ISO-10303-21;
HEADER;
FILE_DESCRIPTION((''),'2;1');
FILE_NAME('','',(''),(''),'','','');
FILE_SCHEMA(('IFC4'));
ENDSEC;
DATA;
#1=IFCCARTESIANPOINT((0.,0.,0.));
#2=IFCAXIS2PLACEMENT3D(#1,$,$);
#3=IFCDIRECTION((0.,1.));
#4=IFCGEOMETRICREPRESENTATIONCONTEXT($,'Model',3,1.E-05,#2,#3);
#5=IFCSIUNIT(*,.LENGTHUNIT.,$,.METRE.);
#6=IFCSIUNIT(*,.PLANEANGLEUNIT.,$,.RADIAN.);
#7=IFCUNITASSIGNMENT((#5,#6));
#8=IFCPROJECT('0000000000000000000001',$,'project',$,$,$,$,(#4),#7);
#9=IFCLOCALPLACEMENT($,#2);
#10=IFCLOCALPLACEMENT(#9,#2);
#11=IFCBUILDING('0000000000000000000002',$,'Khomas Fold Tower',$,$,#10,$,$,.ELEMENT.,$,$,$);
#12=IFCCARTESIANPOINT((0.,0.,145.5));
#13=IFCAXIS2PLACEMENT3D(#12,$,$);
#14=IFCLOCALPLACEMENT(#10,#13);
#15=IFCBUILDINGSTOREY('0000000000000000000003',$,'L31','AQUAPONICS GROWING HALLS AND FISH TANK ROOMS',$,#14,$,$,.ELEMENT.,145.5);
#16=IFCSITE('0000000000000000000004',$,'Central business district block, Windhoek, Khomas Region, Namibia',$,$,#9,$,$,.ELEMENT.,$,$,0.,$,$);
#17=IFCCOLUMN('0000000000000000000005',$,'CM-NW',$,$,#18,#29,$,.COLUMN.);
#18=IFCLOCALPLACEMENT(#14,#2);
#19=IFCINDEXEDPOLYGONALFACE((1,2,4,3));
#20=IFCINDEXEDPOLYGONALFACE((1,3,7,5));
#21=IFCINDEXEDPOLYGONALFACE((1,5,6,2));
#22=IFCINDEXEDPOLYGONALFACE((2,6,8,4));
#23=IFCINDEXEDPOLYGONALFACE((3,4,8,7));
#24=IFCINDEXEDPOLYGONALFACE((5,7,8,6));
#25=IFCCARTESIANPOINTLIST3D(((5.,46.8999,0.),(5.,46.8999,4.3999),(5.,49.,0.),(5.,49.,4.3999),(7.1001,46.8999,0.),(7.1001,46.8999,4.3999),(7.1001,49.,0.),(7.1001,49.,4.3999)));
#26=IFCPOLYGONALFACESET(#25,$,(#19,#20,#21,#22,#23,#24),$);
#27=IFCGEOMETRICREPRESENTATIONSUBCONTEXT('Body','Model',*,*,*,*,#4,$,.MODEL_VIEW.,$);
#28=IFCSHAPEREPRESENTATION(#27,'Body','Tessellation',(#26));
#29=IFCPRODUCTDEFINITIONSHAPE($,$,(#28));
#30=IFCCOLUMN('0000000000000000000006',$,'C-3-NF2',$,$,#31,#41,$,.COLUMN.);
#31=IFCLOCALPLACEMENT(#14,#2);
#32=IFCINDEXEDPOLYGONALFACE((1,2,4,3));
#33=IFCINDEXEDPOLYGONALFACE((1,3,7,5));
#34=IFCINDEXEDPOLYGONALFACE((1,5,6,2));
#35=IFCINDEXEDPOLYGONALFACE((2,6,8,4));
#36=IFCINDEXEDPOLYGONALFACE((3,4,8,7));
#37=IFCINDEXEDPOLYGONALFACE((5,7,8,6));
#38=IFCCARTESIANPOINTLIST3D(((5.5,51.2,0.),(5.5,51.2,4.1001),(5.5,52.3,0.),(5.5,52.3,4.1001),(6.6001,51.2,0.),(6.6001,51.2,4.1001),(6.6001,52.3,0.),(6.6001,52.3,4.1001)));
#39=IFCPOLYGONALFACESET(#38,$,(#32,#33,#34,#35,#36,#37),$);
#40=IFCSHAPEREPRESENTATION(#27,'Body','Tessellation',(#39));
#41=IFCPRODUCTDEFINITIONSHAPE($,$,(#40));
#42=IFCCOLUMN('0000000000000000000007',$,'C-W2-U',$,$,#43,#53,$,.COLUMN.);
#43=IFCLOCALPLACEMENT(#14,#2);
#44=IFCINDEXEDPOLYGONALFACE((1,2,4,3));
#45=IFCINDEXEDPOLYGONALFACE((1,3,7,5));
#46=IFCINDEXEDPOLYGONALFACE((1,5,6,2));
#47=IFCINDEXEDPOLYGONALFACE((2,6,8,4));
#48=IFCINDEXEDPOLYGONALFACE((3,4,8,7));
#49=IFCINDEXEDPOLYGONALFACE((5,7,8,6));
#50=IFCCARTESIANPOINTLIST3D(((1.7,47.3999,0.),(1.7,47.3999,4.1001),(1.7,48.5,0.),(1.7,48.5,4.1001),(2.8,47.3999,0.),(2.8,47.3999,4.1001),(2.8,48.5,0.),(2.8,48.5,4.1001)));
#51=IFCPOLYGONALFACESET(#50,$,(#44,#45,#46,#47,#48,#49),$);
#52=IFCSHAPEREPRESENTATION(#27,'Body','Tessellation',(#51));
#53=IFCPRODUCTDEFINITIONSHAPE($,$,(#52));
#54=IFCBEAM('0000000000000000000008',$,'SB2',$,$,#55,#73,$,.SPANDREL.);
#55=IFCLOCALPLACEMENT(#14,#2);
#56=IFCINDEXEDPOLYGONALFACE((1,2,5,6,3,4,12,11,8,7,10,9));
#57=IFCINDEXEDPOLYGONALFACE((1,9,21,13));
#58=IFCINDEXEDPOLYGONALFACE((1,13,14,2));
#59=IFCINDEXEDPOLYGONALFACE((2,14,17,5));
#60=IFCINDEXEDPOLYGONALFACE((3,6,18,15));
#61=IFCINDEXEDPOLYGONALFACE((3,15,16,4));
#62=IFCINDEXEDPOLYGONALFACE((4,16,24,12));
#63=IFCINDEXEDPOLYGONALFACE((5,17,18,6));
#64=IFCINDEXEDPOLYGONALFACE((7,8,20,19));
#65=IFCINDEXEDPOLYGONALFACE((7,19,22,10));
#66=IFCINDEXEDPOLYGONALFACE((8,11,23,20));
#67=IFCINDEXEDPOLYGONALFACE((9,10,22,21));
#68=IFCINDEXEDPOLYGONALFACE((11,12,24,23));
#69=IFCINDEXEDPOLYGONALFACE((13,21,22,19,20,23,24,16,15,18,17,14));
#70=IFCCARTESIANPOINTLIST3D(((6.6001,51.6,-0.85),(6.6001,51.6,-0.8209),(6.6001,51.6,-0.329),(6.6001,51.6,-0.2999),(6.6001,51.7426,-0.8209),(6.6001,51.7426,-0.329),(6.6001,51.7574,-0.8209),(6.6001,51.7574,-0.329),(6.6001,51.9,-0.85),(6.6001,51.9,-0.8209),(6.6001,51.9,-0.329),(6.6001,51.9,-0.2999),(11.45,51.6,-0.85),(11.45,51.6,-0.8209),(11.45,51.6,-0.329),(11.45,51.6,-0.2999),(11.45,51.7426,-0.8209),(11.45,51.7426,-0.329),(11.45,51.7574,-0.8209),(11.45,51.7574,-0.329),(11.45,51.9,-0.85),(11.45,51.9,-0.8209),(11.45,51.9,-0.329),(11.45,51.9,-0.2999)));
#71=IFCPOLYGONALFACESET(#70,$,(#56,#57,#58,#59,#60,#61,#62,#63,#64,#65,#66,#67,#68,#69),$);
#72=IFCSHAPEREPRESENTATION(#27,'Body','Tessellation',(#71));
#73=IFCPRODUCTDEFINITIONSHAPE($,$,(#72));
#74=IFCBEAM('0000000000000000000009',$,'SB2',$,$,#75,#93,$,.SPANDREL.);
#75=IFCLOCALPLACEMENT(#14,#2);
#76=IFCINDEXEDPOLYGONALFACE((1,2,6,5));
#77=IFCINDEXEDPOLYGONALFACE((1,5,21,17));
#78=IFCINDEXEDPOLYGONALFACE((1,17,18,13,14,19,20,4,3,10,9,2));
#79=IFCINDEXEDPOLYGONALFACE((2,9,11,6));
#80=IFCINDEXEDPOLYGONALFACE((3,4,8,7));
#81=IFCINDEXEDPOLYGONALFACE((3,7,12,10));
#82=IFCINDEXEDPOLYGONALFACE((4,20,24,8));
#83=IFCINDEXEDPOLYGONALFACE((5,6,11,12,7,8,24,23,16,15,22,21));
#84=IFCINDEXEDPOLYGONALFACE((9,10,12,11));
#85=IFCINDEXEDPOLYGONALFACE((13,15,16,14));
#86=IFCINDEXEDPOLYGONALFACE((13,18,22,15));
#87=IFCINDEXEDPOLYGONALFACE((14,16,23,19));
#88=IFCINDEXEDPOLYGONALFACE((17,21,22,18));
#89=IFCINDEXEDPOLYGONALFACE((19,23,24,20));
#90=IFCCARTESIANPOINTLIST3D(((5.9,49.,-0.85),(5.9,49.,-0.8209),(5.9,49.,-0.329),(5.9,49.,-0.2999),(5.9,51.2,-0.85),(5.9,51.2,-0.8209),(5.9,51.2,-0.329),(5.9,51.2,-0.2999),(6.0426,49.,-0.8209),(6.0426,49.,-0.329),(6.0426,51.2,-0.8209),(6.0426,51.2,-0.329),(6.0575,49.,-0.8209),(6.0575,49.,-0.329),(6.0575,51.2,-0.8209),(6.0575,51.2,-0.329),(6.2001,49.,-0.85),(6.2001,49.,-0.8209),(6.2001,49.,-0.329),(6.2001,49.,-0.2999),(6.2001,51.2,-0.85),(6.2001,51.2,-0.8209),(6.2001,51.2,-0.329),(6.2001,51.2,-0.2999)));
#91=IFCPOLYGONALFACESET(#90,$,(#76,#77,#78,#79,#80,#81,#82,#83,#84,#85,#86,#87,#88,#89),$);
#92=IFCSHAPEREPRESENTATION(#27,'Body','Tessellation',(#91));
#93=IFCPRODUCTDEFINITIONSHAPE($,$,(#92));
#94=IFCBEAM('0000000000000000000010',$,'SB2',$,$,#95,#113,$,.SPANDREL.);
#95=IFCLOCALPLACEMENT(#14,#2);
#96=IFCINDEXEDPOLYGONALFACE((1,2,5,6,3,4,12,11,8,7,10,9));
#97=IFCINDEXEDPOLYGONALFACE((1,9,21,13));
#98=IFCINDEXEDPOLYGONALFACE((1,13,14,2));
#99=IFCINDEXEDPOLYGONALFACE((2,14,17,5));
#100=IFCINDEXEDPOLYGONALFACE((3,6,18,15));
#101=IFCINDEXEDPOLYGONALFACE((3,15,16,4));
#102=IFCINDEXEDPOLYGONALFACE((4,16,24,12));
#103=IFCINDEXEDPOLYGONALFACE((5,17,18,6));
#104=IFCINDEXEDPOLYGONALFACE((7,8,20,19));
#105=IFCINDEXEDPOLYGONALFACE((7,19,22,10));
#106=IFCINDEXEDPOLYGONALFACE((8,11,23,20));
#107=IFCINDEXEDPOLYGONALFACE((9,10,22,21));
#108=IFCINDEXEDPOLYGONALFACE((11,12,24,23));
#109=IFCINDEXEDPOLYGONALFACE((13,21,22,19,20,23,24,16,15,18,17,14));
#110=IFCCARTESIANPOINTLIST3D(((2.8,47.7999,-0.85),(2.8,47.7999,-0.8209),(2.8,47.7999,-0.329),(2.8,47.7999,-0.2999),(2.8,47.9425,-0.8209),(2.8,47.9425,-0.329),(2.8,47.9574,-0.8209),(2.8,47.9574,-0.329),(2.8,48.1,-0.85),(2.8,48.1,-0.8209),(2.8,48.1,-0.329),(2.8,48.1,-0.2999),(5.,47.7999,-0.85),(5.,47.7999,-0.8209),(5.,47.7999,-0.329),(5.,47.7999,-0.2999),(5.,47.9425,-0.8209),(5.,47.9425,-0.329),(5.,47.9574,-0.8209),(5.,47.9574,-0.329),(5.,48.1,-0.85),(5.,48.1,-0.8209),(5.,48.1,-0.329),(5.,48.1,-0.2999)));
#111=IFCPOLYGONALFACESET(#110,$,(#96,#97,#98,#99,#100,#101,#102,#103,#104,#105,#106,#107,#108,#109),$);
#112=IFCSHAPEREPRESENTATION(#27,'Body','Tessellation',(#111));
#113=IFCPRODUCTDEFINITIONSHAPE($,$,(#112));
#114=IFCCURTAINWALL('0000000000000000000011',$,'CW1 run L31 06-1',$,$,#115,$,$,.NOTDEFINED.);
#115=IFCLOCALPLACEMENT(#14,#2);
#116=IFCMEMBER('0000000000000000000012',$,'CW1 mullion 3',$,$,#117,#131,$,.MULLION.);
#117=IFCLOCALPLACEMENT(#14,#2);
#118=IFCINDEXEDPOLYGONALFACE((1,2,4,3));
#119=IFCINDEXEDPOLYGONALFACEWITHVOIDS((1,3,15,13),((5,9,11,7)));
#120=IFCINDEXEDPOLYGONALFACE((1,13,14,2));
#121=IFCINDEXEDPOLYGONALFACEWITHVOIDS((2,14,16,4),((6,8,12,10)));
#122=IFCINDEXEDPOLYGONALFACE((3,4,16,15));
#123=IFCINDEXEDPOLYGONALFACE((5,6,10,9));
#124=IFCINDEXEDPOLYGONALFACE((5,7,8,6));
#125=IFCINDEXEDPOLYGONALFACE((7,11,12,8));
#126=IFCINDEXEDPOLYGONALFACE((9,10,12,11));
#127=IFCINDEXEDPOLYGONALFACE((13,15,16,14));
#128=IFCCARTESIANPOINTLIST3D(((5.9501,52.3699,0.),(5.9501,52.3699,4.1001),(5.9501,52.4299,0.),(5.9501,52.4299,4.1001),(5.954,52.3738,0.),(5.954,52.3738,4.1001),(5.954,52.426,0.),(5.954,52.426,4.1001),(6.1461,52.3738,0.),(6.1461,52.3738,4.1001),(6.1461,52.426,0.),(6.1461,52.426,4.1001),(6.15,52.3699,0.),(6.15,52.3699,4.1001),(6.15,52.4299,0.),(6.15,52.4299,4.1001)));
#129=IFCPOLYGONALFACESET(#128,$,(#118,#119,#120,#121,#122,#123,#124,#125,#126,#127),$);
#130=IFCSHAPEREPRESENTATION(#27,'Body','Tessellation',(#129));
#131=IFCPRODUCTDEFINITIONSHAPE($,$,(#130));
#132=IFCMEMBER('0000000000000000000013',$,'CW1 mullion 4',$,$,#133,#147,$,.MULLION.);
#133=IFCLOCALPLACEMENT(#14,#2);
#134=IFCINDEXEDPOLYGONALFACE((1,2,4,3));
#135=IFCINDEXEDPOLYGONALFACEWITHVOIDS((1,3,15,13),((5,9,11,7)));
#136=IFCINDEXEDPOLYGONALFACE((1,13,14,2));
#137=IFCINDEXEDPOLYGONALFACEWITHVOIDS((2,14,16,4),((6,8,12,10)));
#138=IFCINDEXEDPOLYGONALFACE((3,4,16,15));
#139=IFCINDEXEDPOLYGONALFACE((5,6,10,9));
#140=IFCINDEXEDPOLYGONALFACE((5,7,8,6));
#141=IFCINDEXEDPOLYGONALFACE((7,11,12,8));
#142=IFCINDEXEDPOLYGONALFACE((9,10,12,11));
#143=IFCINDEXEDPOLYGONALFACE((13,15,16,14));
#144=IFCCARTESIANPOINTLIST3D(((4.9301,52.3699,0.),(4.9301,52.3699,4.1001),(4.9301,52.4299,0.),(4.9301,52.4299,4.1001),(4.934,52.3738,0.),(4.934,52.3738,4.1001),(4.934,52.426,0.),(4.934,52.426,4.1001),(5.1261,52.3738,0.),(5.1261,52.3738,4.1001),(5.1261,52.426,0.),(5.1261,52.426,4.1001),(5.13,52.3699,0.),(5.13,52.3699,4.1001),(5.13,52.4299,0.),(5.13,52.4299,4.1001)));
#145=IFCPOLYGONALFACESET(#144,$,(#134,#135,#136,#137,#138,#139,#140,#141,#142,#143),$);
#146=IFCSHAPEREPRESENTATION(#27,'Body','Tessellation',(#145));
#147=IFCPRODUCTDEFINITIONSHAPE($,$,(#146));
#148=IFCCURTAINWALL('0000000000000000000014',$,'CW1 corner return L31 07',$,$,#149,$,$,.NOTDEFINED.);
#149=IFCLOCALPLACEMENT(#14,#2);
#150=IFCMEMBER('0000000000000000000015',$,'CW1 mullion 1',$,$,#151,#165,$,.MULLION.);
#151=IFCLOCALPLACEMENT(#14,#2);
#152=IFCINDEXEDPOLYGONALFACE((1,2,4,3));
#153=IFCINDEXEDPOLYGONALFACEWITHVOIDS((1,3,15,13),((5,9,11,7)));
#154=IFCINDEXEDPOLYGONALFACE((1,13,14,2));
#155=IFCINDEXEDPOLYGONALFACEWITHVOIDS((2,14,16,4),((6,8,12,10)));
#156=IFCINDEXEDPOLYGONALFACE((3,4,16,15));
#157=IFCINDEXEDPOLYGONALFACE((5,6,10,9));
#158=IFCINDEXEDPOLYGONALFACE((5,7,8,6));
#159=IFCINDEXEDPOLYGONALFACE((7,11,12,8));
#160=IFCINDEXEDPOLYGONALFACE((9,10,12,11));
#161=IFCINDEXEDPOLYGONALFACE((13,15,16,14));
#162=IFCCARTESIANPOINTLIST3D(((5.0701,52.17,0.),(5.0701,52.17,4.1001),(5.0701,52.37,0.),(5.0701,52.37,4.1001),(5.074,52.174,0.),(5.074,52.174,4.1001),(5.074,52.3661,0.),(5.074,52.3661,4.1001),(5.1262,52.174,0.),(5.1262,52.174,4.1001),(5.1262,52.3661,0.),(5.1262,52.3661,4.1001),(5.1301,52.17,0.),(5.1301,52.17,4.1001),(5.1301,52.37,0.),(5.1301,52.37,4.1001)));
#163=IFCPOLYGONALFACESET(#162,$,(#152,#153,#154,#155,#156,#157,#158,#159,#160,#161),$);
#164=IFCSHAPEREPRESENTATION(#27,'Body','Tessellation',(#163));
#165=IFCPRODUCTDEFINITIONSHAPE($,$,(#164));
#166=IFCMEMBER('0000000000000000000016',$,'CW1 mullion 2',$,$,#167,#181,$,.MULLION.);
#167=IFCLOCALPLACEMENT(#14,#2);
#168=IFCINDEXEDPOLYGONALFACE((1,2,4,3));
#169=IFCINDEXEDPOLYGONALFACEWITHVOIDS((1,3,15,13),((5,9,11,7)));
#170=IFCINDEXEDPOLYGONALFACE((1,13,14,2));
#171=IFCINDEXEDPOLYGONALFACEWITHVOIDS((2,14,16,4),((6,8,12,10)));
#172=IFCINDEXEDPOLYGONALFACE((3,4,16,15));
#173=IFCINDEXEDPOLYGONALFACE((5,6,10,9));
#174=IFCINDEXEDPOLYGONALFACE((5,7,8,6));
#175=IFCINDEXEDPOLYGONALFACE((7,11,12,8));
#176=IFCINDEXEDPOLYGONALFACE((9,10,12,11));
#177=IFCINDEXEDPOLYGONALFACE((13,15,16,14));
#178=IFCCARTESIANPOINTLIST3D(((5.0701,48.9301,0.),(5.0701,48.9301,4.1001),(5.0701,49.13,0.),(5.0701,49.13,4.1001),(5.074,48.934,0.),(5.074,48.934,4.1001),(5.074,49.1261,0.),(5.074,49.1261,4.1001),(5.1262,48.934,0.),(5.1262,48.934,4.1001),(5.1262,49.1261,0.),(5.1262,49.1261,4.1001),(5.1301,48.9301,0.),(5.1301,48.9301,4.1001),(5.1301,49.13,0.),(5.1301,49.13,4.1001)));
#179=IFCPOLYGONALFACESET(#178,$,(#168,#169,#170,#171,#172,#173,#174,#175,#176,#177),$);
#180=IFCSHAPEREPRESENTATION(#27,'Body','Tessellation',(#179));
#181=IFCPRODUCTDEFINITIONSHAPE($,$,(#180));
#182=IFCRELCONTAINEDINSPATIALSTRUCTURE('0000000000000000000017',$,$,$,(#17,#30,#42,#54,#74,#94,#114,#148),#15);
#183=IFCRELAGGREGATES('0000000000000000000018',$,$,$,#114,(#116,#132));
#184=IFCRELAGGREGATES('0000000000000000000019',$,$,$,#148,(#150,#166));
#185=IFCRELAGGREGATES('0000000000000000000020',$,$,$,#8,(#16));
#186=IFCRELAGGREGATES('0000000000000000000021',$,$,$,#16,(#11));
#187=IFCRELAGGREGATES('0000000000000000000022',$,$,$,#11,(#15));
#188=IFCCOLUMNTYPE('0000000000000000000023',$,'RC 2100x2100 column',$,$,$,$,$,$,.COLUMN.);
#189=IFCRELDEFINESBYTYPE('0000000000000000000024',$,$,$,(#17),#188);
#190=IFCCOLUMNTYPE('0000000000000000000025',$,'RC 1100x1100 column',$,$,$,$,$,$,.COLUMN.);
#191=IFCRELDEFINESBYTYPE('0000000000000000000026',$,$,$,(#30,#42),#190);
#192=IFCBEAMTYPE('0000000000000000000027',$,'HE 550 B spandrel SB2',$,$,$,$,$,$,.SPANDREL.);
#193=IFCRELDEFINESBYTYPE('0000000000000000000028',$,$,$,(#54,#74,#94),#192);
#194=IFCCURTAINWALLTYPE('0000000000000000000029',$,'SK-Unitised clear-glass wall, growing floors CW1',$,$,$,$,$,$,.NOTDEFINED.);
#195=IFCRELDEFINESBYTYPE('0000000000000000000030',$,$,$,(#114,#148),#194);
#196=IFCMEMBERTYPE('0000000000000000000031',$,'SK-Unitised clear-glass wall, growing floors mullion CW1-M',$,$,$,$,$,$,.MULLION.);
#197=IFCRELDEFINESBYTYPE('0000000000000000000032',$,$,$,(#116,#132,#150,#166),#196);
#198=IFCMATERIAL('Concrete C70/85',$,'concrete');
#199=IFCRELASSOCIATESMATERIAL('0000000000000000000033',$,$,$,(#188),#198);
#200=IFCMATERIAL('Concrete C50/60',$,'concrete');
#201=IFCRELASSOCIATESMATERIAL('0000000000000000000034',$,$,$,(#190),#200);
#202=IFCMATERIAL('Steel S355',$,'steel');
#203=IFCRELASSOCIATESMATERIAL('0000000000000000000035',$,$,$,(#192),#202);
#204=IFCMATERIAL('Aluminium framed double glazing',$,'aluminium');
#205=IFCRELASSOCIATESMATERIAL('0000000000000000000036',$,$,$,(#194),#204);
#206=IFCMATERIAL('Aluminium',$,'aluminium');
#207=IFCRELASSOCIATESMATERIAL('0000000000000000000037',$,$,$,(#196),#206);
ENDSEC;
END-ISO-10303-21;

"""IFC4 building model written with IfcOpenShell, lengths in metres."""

from ifc_helpers import new_model, si_unit, direction, frame, origin, origin_2d, place, context, subcontext, project, spatial, rectangle, hollow_rectangle, i_section, extrude, source, transform, mapped, material, material_profile, profile_set, type_object, element, aggregate, save


model = new_model("IFC4")

# Units and contexts
model_context = context("Model", 3, precision=1e-05, world=origin(), true_north=direction((0.0, 1.0)))
body_context = subcontext(model_context, "Body", "Model", "MODEL_VIEW")
ifc_project = project(units=[si_unit("LENGTHUNIT", "METRE"), si_unit("PLANEANGLEUNIT", "RADIAN")], contexts=[model_context])

# Site, building, storey
site_placement = place(None, origin())
site = spatial("IfcSite", under=ifc_project, at=site_placement, Name="Central business district block, Windhoek, Khomas Region, Namibia", CompositionType="ELEMENT", RefElevation=0.0)
building_placement = place(site_placement, origin())
building = spatial("IfcBuilding", under=site, at=building_placement, Name="Khomas Fold Tower", CompositionType="ELEMENT")
storey_placement = place(building_placement, frame((0.0, 0.0, 145.5)))
storey = spatial("IfcBuildingStorey", under=building, at=storey_placement, Name="L31", Description="AQUAPONICS GROWING HALLS AND FISH TANK ROOMS", CompositionType="ELEMENT", Elevation=145.5)

# Columns
ifc_material_1 = material(Name="Concrete C70/85", Category="concrete")
ifc_material_profile_1 = material_profile(ifc_material_1, rectangle(XDim=2.1001, YDim=2.1001, at=origin_2d()), Name="RC 2100x2100")
ifc_profile_set_1 = profile_set([ifc_material_profile_1], Name="Concrete C70/85")
column_type_1 = type_object("IfcColumnType", Name="RC 2100x2100 column", PredefinedType="COLUMN", material=ifc_profile_set_1)
shared_shape_1 = source(origin(), body_context, "Body", "SweptSolid", [
    extrude(rectangle(XDim=2.1001, YDim=2.1001, at=origin_2d()), origin(), (0.0, 0.0, 1.0), 4.3999),
])
column_placement = place(storey_placement, frame((6.05, 47.95, 0.0), z_axis=(0.0, 0.0, 1.0), x_axis=(1.0, 0.0, 0.0)))
element("IfcColumn", 1, at=column_placement, inside=storey, type_object=column_type_1, Name="CM-NW", PredefinedType="COLUMN", context=body_context, shape_type="MappedRepresentation", body=[
    mapped(shared_shape_1, transform((0.0, 0.0, 0.0))),
])
ifc_material_2 = material(Name="Concrete C50/60", Category="concrete")
ifc_material_profile_2 = material_profile(ifc_material_2, rectangle(XDim=1.1001, YDim=1.1001, at=origin_2d()), Name="RC 1100x1100")
ifc_profile_set_2 = profile_set([ifc_material_profile_2], Name="Concrete C50/60")
column_type_2 = type_object("IfcColumnType", Name="RC 1100x1100 column", PredefinedType="COLUMN", material=ifc_profile_set_2)
shared_shape_2 = source(origin(), body_context, "Body", "SweptSolid", [
    extrude(rectangle(XDim=1.1001, YDim=1.1001, at=origin_2d()), origin(), (0.0, 0.0, 1.0), 4.1001),
])
for number, where, z_axis, x_axis, name in (
    (2, (6.05, 51.75, 0.0), (0.0, 0.0, 1.0), (1.0, 0.0, 0.0), "C-3-NF2"),
    (3, (2.25, 47.95, 0.0), (0.0, 0.0, 1.0), (1.0, 0.0, 0.0), "C-W2-U"),
):
    element("IfcColumn", number, at=place(storey_placement, frame(where, z_axis=z_axis, x_axis=x_axis)), inside=storey, type_object=column_type_2, Name=name, PredefinedType="COLUMN", context=body_context, shape_type="MappedRepresentation", body=[
        mapped(shared_shape_2, transform((0.0, 0.0, 0.0))),
    ])

# Beams
ifc_material_3 = material(Name="Steel S355", Category="steel")
ifc_material_profile_3 = material_profile(ifc_material_3, i_section(OverallWidth=0.3, OverallDepth=0.55, WebThickness=0.0149, FlangeThickness=0.0291, at=origin_2d()), Name="HE 550 B")
ifc_profile_set_3 = profile_set([ifc_material_profile_3], Name="Steel S355")
beam_type = type_object("IfcBeamType", Name="HE 550 B spandrel SB2", PredefinedType="SPANDREL", material=ifc_profile_set_3)
shared_shape_3 = source(origin(), body_context, "Body", "SweptSolid", [
    extrude(i_section(OverallWidth=0.3, OverallDepth=0.55, WebThickness=0.0149, FlangeThickness=0.0291, at=origin_2d()), origin(), (0.0, 0.0, 1.0), 4.8499),
])
beam_placement = place(storey_placement, frame((6.6001, 51.75, -0.575), z_axis=(1.0, 0.0, 0.0), x_axis=(0.0, 1.0, 0.0)))
element("IfcBeam", 4, at=beam_placement, inside=storey, type_object=beam_type, Name="SB2", PredefinedType="SPANDREL", context=body_context, shape_type="MappedRepresentation", body=[
    mapped(shared_shape_3, transform((0.0, 0.0, 0.0))),
])
shared_shape_4 = source(origin(), body_context, "Body", "SweptSolid", [
    extrude(i_section(OverallWidth=0.3, OverallDepth=0.55, WebThickness=0.0149, FlangeThickness=0.0291, at=origin_2d()), origin(), (0.0, 0.0, 1.0), 2.2),
])
for number, where, z_axis, x_axis, name in (
    (5, (6.05, 49.0, -0.575), (0.0, 1.0, 0.0), (-1.0, 0.0, 0.0), "SB2"),
    (6, (2.8, 47.95, -0.575), (1.0, 0.0, 0.0), (0.0, 1.0, 0.0), "SB2"),
):
    element("IfcBeam", number, at=place(storey_placement, frame(where, z_axis=z_axis, x_axis=x_axis)), inside=storey, type_object=beam_type, Name=name, PredefinedType="SPANDREL", context=body_context, shape_type="MappedRepresentation", body=[
        mapped(shared_shape_4, transform((0.0, 0.0, 0.0))),
    ])

# Curtain walls, members
ifc_material_4 = material(Name="Aluminium framed double glazing", Category="aluminium")
curtain_wall_type = type_object("IfcCurtainWallType", Name="SK-Unitised clear-glass wall, growing floors CW1", PredefinedType="NOTDEFINED", material=ifc_material_4)
curtain_wall_1_placement = place(storey_placement, origin())
curtain_wall_1 = element("IfcCurtainWall", 7, at=curtain_wall_1_placement, inside=storey, type_object=curtain_wall_type, Name="CW1 run L31 06-1", PredefinedType="NOTDEFINED")
ifc_material_5 = material(Name="Aluminium", Category="aluminium")
ifc_material_profile_4 = material_profile(ifc_material_5, hollow_rectangle(XDim=0.0601, YDim=0.2, WallThickness=0.0039, at=origin_2d()), Name="SK-Unitised clear-glass wall, growing floors mullion CW1-M")
ifc_profile_set_4 = profile_set([ifc_material_profile_4], Name="Aluminium")
member_type_1 = type_object("IfcMemberType", Name="SK-Unitised clear-glass wall, growing floors mullion CW1-M", PredefinedType="MULLION", material=ifc_profile_set_4)
shared_shape_5 = source(origin(), body_context, "Body", "SweptSolid", [
    extrude(hollow_rectangle(XDim=0.0601, YDim=0.2, WallThickness=0.0039, at=origin_2d()), origin(), (0.0, 0.0, 1.0), 4.1001),
])
member_1_placement = place(storey_placement, frame((6.05, 52.3999, 0.0), z_axis=(0.0, 0.0, 1.0), x_axis=(0.0, -1.0, 0.0)))
member_1 = element("IfcMember", 8, at=member_1_placement, type_object=member_type_1, Name="CW1 mullion 3", PredefinedType="MULLION", context=body_context, shape_type="MappedRepresentation", body=[
    mapped(shared_shape_5, transform((0.0, 0.0, 0.0))),
])
member_2_placement = place(storey_placement, frame((5.03, 52.3999, 0.0), z_axis=(0.0, 0.0, 1.0), x_axis=(0.0, -1.0, 0.0)))
member_2 = element("IfcMember", 9, at=member_2_placement, type_object=member_type_1, Name="CW1 mullion 4", PredefinedType="MULLION", context=body_context, shape_type="MappedRepresentation", body=[
    mapped(shared_shape_5, transform((0.0, 0.0, 0.0))),
])
curtain_wall_2_placement = place(storey_placement, origin())
curtain_wall_2 = element("IfcCurtainWall", 10, at=curtain_wall_2_placement, inside=storey, type_object=curtain_wall_type, Name="CW1 corner return L31 07", PredefinedType="NOTDEFINED")
member_3_placement = place(storey_placement, frame((5.1001, 52.27, 0.0), z_axis=(0.0, 0.0, 1.0), x_axis=(1.0, 0.0, 0.0)))
member_3 = element("IfcMember", 11, at=member_3_placement, type_object=member_type_1, Name="CW1 mullion 1", PredefinedType="MULLION", context=body_context, shape_type="MappedRepresentation", body=[
    mapped(shared_shape_5, transform((0.0, 0.0, 0.0))),
])
member_4_placement = place(storey_placement, frame((5.1001, 49.03, 0.0), z_axis=(0.0, 0.0, 1.0), x_axis=(1.0, 0.0, 0.0)))
member_4 = element("IfcMember", 12, at=member_4_placement, type_object=member_type_1, Name="CW1 mullion 2", PredefinedType="MULLION", context=body_context, shape_type="MappedRepresentation", body=[
    mapped(shared_shape_5, transform((0.0, 0.0, 0.0))),
])

aggregate(curtain_wall_1, [member_1, member_2])
aggregate(curtain_wall_2, [member_3, member_4])

save(model, "model.ifc")
